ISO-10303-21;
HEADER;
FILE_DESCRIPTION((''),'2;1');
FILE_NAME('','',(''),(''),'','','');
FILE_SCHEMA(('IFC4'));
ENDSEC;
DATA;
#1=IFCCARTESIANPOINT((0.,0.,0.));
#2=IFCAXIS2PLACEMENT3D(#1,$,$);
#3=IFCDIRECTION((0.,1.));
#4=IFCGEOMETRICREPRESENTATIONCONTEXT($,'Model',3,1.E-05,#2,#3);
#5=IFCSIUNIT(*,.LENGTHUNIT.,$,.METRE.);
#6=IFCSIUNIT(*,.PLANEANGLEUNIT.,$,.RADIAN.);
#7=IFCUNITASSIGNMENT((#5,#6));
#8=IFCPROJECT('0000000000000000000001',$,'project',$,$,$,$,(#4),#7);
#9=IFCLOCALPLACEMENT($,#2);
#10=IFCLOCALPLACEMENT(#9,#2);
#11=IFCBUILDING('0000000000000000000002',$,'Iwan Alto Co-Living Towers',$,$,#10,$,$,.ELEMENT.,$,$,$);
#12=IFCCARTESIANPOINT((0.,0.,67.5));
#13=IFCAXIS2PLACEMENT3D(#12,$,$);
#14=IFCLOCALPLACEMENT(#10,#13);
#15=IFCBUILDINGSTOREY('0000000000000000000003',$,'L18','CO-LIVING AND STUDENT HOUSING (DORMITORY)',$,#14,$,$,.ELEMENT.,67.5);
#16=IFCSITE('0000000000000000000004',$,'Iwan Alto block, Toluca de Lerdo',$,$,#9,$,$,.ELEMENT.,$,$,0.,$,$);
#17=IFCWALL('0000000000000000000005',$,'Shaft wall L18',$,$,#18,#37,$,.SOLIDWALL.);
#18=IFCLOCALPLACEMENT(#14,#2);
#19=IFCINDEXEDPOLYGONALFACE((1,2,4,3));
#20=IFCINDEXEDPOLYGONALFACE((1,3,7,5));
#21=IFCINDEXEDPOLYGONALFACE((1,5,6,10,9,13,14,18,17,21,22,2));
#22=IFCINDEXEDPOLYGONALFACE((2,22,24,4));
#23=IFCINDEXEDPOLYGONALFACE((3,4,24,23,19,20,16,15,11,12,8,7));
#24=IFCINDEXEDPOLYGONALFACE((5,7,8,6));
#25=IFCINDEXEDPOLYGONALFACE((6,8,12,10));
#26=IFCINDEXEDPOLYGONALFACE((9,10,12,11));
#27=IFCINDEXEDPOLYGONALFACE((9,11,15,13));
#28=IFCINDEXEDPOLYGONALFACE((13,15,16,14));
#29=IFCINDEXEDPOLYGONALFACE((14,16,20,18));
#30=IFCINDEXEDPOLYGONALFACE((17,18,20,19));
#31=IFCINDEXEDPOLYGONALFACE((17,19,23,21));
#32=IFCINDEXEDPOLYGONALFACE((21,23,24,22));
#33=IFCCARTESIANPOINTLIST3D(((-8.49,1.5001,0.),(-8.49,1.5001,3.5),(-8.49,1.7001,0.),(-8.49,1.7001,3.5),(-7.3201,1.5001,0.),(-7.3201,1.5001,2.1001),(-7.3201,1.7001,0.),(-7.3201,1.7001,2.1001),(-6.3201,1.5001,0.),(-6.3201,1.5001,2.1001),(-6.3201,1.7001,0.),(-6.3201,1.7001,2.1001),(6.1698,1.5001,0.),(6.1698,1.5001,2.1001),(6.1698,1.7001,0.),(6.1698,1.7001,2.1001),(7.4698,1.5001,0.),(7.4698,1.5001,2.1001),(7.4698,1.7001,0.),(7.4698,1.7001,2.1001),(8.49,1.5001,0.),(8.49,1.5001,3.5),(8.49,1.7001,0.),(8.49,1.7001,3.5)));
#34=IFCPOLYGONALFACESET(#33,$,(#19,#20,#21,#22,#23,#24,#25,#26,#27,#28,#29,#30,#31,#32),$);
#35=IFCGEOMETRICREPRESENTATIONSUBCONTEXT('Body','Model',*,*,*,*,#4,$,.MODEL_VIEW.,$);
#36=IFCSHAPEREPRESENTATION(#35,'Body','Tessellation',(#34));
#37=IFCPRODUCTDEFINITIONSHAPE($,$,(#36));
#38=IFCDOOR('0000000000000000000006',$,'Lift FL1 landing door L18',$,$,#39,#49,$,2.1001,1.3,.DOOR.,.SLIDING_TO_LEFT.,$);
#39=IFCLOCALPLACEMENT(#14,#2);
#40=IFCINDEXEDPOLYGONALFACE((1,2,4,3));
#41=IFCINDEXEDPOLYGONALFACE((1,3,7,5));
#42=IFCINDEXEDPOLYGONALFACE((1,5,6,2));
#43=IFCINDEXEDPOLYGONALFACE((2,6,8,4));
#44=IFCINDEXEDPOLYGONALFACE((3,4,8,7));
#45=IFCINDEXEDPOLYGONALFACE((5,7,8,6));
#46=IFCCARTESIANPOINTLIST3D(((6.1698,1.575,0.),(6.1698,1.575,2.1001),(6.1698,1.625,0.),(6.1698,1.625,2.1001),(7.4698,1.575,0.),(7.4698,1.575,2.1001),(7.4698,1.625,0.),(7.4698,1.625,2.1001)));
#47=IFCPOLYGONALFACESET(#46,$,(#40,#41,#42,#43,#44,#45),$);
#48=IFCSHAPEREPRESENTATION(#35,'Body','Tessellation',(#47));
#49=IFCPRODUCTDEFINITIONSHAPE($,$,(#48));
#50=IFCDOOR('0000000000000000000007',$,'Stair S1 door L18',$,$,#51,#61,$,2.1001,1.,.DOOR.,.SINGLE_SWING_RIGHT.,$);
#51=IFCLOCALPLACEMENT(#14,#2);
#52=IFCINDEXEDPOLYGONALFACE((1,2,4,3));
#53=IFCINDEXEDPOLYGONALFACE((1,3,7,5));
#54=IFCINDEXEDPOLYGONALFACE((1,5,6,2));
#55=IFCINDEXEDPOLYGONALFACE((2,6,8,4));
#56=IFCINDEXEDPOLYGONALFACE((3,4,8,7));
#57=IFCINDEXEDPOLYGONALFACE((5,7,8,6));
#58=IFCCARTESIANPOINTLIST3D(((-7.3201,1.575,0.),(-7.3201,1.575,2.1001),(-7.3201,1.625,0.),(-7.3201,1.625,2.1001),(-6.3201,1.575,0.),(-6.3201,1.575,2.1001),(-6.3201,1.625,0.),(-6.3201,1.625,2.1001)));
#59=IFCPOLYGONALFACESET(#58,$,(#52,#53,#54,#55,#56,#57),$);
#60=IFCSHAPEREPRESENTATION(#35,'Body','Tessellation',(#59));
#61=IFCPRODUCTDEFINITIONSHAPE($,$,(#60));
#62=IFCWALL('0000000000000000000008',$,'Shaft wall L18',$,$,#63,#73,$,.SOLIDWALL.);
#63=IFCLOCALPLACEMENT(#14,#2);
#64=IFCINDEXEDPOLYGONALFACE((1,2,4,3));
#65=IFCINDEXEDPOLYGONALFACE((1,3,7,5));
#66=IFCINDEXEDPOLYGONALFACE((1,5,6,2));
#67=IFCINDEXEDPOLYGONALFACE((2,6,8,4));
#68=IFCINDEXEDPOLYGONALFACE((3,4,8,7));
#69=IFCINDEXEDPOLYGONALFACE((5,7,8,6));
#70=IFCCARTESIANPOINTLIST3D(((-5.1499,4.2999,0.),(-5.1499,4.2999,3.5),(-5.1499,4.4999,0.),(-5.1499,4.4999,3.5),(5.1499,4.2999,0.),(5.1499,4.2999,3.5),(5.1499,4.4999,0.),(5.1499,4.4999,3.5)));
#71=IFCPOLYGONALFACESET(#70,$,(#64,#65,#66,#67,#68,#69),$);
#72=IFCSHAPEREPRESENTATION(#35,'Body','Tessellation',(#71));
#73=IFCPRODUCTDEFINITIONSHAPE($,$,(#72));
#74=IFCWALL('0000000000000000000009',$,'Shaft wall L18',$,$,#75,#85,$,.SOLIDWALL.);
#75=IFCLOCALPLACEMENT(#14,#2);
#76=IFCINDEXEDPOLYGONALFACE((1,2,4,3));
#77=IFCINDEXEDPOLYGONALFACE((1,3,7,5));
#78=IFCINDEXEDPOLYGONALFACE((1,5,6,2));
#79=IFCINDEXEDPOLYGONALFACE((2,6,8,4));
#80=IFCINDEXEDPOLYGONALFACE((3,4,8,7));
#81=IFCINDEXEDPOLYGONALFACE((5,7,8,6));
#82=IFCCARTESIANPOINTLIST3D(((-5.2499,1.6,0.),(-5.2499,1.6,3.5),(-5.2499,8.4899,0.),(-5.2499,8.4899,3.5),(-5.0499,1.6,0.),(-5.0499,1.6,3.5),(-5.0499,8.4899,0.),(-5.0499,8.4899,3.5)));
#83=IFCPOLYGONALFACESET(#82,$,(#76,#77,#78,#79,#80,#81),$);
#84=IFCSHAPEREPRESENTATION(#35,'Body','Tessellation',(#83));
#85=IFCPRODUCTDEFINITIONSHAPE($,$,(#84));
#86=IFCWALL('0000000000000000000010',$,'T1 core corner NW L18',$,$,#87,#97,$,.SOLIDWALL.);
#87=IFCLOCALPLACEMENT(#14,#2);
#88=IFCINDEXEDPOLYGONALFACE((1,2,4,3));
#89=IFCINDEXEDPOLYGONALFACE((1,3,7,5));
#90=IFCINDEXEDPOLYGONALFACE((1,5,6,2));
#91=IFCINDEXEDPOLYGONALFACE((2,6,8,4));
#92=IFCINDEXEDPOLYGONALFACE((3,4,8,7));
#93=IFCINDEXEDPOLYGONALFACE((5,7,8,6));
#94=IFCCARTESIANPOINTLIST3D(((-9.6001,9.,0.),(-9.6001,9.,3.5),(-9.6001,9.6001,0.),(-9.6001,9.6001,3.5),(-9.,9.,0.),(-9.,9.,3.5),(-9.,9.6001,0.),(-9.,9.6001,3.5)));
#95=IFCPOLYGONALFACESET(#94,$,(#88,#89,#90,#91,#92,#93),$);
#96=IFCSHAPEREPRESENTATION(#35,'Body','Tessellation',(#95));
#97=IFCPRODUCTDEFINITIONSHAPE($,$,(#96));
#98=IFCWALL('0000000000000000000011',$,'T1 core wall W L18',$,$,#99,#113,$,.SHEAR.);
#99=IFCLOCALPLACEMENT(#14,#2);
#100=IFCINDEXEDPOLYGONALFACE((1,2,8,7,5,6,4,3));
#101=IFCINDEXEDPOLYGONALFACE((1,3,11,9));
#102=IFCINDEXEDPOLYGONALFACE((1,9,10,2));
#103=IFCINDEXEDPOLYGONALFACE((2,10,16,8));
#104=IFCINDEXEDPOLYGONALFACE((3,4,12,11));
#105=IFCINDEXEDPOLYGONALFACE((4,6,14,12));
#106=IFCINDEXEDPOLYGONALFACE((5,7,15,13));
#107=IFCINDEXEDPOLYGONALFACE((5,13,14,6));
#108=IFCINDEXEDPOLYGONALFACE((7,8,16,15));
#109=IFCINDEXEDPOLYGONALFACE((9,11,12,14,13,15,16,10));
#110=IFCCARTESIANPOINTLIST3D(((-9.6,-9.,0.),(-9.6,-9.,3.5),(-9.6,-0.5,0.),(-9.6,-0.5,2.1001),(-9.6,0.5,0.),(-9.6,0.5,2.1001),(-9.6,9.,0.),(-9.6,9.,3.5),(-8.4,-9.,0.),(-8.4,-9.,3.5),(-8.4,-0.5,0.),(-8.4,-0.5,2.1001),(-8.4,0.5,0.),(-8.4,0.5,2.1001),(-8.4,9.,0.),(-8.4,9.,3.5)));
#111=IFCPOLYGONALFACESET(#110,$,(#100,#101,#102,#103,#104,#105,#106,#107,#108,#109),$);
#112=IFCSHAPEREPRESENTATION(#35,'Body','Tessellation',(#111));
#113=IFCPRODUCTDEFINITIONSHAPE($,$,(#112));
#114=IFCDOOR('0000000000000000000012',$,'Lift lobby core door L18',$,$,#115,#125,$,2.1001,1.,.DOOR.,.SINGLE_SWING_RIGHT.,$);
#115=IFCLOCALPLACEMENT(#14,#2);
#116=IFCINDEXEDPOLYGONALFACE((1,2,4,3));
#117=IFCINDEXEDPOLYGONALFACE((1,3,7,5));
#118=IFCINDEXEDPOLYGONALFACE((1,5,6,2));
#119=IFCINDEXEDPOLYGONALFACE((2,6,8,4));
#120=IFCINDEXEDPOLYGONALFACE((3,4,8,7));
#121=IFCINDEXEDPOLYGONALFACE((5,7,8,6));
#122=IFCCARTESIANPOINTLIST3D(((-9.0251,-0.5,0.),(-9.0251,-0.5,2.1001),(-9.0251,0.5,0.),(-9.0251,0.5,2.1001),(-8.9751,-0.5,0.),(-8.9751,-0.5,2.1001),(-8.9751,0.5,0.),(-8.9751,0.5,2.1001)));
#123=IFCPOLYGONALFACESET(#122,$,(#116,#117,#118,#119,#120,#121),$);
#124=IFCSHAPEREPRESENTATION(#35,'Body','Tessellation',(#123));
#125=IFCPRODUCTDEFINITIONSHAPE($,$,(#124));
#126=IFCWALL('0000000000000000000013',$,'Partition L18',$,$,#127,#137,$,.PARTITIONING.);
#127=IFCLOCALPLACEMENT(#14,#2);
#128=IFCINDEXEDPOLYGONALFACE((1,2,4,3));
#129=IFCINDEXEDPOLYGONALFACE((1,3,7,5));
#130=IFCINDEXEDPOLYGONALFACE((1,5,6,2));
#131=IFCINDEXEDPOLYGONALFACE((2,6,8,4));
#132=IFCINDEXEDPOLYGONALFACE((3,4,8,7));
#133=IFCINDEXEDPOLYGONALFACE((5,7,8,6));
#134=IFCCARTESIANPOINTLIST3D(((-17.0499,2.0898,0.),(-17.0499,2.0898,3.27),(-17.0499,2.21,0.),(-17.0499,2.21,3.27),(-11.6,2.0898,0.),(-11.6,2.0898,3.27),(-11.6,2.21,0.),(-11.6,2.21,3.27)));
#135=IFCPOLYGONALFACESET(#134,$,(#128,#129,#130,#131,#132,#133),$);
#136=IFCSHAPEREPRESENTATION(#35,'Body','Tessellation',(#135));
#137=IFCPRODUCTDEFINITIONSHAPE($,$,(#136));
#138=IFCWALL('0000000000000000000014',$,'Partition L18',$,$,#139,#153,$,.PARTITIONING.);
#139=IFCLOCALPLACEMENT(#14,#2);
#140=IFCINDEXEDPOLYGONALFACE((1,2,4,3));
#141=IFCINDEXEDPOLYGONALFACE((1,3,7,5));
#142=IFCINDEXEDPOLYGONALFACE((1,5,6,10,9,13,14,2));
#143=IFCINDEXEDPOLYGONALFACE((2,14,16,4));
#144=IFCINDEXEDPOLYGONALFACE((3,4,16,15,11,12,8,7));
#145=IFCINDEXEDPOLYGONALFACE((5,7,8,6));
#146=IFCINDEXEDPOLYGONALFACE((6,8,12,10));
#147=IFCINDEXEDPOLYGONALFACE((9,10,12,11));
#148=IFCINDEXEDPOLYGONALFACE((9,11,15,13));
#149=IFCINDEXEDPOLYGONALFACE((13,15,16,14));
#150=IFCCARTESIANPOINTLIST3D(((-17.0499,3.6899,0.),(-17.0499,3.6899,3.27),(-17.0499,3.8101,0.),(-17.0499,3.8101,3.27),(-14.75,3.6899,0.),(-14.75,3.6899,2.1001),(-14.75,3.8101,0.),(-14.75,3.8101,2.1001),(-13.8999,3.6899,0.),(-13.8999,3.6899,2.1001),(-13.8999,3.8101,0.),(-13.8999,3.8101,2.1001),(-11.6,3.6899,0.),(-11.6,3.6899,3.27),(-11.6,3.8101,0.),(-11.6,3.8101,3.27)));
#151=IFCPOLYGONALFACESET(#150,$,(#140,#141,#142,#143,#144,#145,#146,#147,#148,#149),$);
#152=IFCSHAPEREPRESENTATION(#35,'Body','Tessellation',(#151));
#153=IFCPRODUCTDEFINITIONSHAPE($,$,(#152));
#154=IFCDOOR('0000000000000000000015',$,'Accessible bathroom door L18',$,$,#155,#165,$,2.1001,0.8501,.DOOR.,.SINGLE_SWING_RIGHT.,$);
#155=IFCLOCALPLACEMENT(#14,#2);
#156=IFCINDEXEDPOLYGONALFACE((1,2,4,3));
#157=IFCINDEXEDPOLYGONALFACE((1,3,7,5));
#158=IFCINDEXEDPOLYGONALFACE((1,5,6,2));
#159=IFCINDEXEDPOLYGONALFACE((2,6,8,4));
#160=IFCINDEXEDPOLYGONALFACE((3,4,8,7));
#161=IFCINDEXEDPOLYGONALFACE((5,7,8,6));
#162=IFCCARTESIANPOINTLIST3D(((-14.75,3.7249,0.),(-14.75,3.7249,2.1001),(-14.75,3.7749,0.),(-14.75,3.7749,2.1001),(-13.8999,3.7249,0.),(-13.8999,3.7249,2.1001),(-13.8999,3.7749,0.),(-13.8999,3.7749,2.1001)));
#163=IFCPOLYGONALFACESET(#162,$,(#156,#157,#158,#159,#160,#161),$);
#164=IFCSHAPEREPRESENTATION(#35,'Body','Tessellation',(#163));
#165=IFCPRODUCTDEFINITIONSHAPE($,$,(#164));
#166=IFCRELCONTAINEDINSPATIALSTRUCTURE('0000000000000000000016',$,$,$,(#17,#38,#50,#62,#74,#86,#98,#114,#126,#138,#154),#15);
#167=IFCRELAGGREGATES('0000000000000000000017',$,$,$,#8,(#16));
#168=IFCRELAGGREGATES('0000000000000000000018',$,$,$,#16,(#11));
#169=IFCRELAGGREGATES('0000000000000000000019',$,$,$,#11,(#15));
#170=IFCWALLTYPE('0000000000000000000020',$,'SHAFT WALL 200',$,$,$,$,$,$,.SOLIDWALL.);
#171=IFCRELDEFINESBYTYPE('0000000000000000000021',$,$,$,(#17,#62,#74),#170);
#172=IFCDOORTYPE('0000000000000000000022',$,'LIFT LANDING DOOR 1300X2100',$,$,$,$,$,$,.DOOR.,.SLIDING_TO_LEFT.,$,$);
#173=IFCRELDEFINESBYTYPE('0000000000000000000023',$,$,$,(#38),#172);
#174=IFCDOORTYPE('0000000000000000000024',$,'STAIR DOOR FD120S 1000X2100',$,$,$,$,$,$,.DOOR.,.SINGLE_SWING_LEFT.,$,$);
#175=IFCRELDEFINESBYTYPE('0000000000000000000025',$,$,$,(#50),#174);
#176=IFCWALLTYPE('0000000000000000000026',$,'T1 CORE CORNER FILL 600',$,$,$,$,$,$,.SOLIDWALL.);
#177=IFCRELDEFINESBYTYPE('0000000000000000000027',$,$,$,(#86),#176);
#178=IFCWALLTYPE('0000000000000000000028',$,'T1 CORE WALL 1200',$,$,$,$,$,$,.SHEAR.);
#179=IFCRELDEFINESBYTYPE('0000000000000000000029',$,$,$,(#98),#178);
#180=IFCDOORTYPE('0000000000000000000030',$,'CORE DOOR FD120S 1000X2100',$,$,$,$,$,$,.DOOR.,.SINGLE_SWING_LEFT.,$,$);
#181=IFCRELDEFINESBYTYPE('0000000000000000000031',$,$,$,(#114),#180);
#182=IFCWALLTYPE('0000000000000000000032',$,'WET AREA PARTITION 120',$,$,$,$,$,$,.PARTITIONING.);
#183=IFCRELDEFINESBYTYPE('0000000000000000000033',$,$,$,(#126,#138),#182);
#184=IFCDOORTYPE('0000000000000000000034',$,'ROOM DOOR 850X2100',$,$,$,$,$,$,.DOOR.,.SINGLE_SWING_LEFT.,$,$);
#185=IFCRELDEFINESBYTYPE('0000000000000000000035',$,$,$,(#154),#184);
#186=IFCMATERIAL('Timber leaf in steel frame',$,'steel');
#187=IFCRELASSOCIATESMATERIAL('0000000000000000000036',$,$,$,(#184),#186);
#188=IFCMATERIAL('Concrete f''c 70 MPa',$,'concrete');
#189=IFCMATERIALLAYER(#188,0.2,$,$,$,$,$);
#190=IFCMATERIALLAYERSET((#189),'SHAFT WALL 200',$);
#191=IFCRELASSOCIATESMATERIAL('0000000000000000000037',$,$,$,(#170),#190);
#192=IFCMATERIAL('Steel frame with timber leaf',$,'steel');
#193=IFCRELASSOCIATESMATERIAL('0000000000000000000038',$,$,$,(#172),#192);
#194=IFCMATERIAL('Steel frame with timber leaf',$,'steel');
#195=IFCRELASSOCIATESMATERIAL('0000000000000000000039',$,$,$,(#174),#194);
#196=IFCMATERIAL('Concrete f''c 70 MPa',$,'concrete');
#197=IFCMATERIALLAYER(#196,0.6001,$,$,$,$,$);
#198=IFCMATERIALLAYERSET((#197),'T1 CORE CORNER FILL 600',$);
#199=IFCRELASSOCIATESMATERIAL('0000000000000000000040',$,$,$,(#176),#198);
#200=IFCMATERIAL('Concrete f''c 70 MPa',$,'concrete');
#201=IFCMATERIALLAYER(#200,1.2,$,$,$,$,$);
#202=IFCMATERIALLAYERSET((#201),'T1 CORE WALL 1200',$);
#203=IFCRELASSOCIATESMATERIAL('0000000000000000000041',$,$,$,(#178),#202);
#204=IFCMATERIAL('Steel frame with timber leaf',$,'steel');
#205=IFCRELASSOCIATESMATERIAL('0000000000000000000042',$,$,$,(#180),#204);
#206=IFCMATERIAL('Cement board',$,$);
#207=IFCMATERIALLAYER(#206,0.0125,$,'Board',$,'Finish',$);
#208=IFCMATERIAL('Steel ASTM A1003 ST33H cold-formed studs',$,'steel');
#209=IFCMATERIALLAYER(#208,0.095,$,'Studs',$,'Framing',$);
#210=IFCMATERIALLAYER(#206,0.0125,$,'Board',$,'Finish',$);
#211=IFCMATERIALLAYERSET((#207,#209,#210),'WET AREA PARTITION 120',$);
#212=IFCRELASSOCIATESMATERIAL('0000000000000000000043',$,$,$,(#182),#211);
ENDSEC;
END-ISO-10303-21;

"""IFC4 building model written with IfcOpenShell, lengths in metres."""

from ifc_helpers import new_model, si_unit, direction, frame, frame_2d, origin, place, context, subcontext, project, spatial, rectangle, extrude, material, layer, layer_set, type_object, element, fill, save


model = new_model("IFC4")

# Units and contexts
model_context = context("Model", 3, precision=1e-05, world=origin(), true_north=direction((0.0, 1.0)))
body_context = subcontext(model_context, "Body", "Model", "MODEL_VIEW")
ifc_project = project(units=[si_unit("LENGTHUNIT", "METRE"), si_unit("PLANEANGLEUNIT", "RADIAN")], contexts=[model_context])

# Site, building, storey
site_placement = place(None, origin())
site = spatial("IfcSite", under=ifc_project, at=site_placement, Name="Iwan Alto block, Toluca de Lerdo", CompositionType="ELEMENT", RefElevation=0.0)
building_placement = place(site_placement, origin())
building = spatial("IfcBuilding", under=site, at=building_placement, Name="Iwan Alto Co-Living Towers", CompositionType="ELEMENT")
storey_placement = place(building_placement, frame((0.0, 0.0, 67.5)))
storey = spatial("IfcBuildingStorey", under=building, at=storey_placement, Name="L18", Description="CO-LIVING AND STUDENT HOUSING (DORMITORY)", CompositionType="ELEMENT", Elevation=67.5)

# Shared definitions
ifc_material_1 = material(Name="Steel ASTM A1003 ST33H cold-formed studs", Category="steel")

# Shared definitions
ifc_material_2 = material(Name="Timber leaf in steel frame", Category="steel")
door_type_1 = type_object("IfcDoorType", Name="ROOM DOOR 850X2100", OperationType="SINGLE_SWING_LEFT", PredefinedType="DOOR", material=ifc_material_2)

# Wall, openings, doors
ifc_material_3 = material(Name="Concrete f'c 70 MPa", Category="concrete")
ifc_layer_1 = layer(ifc_material_3, 0.2)
ifc_layer_set_1 = layer_set([ifc_layer_1], Name="SHAFT WALL 200")
wall_type_1 = type_object("IfcWallType", Name="SHAFT WALL 200", PredefinedType="SOLIDWALL", material=ifc_layer_set_1)
wall_1_placement = place(storey_placement, frame((-8.49, 1.6001, 0.0), z_axis=(0.0, 0.0, 1.0), x_axis=(1.0, 0.0, 0.0)))
wall_1 = element("IfcWall", 1, at=wall_1_placement, inside=storey, type_object=wall_type_1, Name="Shaft wall L18", PredefinedType="SOLIDWALL", context=body_context, shape_type="SweptSolid", body=[
    extrude(rectangle(XDim=16.98, YDim=0.2, at=frame_2d((8.49, 0.0))), origin(), (0.0, 0.0, 1.0), 3.5),
])
opening_1_placement = place(wall_1_placement, frame((1.1699, 0.0, 0.0)))
opening_1 = element("IfcOpeningElement", 2, at=opening_1_placement, cuts=wall_1, PredefinedType="OPENING", context=body_context, shape_type="SweptSolid", body=[
    extrude(rectangle(XDim=1.0, YDim=2.1001, at=frame_2d((0.5, 1.05))), frame((0.0, 0.1099, 0.0), z_axis=(0.0, -1.0, 0.0), x_axis=(1.0, 0.0, 0.0)), (0.0, 0.0, 1.0), 0.22),
])
opening_2_placement = place(wall_1_placement, frame((14.6599, 0.0, 0.0)))
opening_2 = element("IfcOpeningElement", 3, at=opening_2_placement, cuts=wall_1, PredefinedType="OPENING", context=body_context, shape_type="SweptSolid", body=[
    extrude(rectangle(XDim=1.3, YDim=2.1001, at=frame_2d((0.6499, 1.05))), frame((0.0, 0.1099, 0.0), z_axis=(0.0, -1.0, 0.0), x_axis=(1.0, 0.0, 0.0)), (0.0, 0.0, 1.0), 0.22),
])
ifc_material_4 = material(Name="Steel frame with timber leaf", Category="steel")
door_type_2 = type_object("IfcDoorType", Name="LIFT LANDING DOOR 1300X2100", OperationType="SLIDING_TO_LEFT", PredefinedType="DOOR", material=ifc_material_4)
door_1_placement = place(opening_2_placement, origin())
door_1 = element("IfcDoor", 4, at=door_1_placement, inside=storey, type_object=door_type_2, Name="Lift FL1 landing door L18", OperationType="SLIDING_TO_LEFT", OverallHeight=2.1001, OverallWidth=1.3, PredefinedType="DOOR", context=body_context, shape_type="SweptSolid", body=[
    extrude(rectangle(XDim=1.3, YDim=2.1001, at=frame_2d((0.6499, 1.05))), frame((0.0, 0.0249, 0.0), z_axis=(0.0, -1.0, 0.0), x_axis=(1.0, 0.0, 0.0)), (0.0, 0.0, 1.0), 0.05),
])
fill(opening_2, door_1)
ifc_material_5 = material(Name="Steel frame with timber leaf", Category="steel")
door_type_3 = type_object("IfcDoorType", Name="STAIR DOOR FD120S 1000X2100", OperationType="SINGLE_SWING_LEFT", PredefinedType="DOOR", material=ifc_material_5)
door_2_placement = place(opening_1_placement, origin())
door_2 = element("IfcDoor", 5, at=door_2_placement, inside=storey, type_object=door_type_3, Name="Stair S1 door L18", OperationType="SINGLE_SWING_RIGHT", OverallHeight=2.1001, OverallWidth=1.0, PredefinedType="DOOR", context=body_context, shape_type="SweptSolid", body=[
    extrude(rectangle(XDim=1.0, YDim=2.1001, at=frame_2d((0.5, 1.05))), frame((0.0, 0.0249, 0.0), z_axis=(0.0, -1.0, 0.0), x_axis=(1.0, 0.0, 0.0)), (0.0, 0.0, 1.0), 0.05),
])
fill(opening_1, door_2)

# Walls
wall_2_placement = place(storey_placement, frame((-5.1499, 4.3999, 0.0), z_axis=(0.0, 0.0, 1.0), x_axis=(1.0, 0.0, 0.0)))
element("IfcWall", 6, at=wall_2_placement, inside=storey, type_object=wall_type_1, Name="Shaft wall L18", PredefinedType="SOLIDWALL", context=body_context, shape_type="SweptSolid", body=[
    extrude(rectangle(XDim=10.2998, YDim=0.2, at=frame_2d((5.1499, 0.0))), origin(), (0.0, 0.0, 1.0), 3.5),
])
wall_3_placement = place(storey_placement, frame((-5.1499, 1.6001, 0.0), z_axis=(0.0, 0.0, 1.0), x_axis=(0.0, 1.0, 0.0)))
element("IfcWall", 7, at=wall_3_placement, inside=storey, type_object=wall_type_1, Name="Shaft wall L18", PredefinedType="SOLIDWALL", context=body_context, shape_type="SweptSolid", body=[
    extrude(rectangle(XDim=6.8899, YDim=0.2, at=frame_2d((3.4448, 0.0))), origin(), (0.0, 0.0, 1.0), 3.5),
])
ifc_material_6 = material(Name="Concrete f'c 70 MPa", Category="concrete")
ifc_layer_2 = layer(ifc_material_6, 0.6001)
ifc_layer_set_2 = layer_set([ifc_layer_2], Name="T1 CORE CORNER FILL 600")
wall_type_2 = type_object("IfcWallType", Name="T1 CORE CORNER FILL 600", PredefinedType="SOLIDWALL", material=ifc_layer_set_2)
wall_4_placement = place(storey_placement, frame((-9.6001, 9.3, 0.0), z_axis=(0.0, 0.0, 1.0), x_axis=(1.0, 0.0, 0.0)))
element("IfcWall", 8, at=wall_4_placement, inside=storey, type_object=wall_type_2, Name="T1 core corner NW L18", PredefinedType="SOLIDWALL", context=body_context, shape_type="SweptSolid", body=[
    extrude(rectangle(XDim=0.6001, YDim=0.6001, at=frame_2d((0.3, 0.0))), origin(), (0.0, 0.0, 1.0), 3.5),
])

# Wall, opening, door
ifc_material_7 = material(Name="Concrete f'c 70 MPa", Category="concrete")
ifc_layer_3 = layer(ifc_material_7, 1.2)
ifc_layer_set_3 = layer_set([ifc_layer_3], Name="T1 CORE WALL 1200")
wall_type_3 = type_object("IfcWallType", Name="T1 CORE WALL 1200", PredefinedType="SHEAR", material=ifc_layer_set_3)
wall_5_placement = place(storey_placement, frame((-9.0, 9.0, 0.0), z_axis=(0.0, 0.0, 1.0), x_axis=(0.0, -1.0, 0.0)))
wall_5 = element("IfcWall", 9, at=wall_5_placement, inside=storey, type_object=wall_type_3, Name="T1 core wall W L18", PredefinedType="SHEAR", context=body_context, shape_type="SweptSolid", body=[
    extrude(rectangle(XDim=18.0, YDim=1.2, at=frame_2d((9.0, 0.0))), origin(), (0.0, 0.0, 1.0), 3.5),
])
opening_3_placement = place(wall_5_placement, frame((8.5, 0.0, 0.0)))
opening_3 = element("IfcOpeningElement", 10, at=opening_3_placement, cuts=wall_5, PredefinedType="OPENING", context=body_context, shape_type="SweptSolid", body=[
    extrude(rectangle(XDim=1.0, YDim=2.1001, at=frame_2d((0.5, 1.05))), frame((0.0, 0.6099, 0.0), z_axis=(0.0, -1.0, 0.0), x_axis=(1.0, 0.0, 0.0)), (0.0, 0.0, 1.0), 1.22),
])
ifc_material_8 = material(Name="Steel frame with timber leaf", Category="steel")
door_type_4 = type_object("IfcDoorType", Name="CORE DOOR FD120S 1000X2100", OperationType="SINGLE_SWING_LEFT", PredefinedType="DOOR", material=ifc_material_8)
door_3_placement = place(opening_3_placement, origin())
door_3 = element("IfcDoor", 11, at=door_3_placement, inside=storey, type_object=door_type_4, Name="Lift lobby core door L18", OperationType="SINGLE_SWING_RIGHT", OverallHeight=2.1001, OverallWidth=1.0, PredefinedType="DOOR", context=body_context, shape_type="SweptSolid", body=[
    extrude(rectangle(XDim=1.0, YDim=2.1001, at=frame_2d((0.5, 1.05))), frame((0.0, 0.0249, 0.0), z_axis=(0.0, -1.0, 0.0), x_axis=(1.0, 0.0, 0.0)), (0.0, 0.0, 1.0), 0.05),
])
fill(opening_3, door_3)

# Wall
ifc_material_9 = material(Name="Cement board")
ifc_layer_4 = layer(ifc_material_9, 0.0125, Name="Board", Category="Finish")
ifc_layer_5 = layer(ifc_material_1, 0.095, Name="Studs", Category="Framing")
ifc_layer_6 = layer(ifc_material_9, 0.0125, Name="Board", Category="Finish")
ifc_layer_set_4 = layer_set([ifc_layer_4, ifc_layer_5, ifc_layer_6], Name="WET AREA PARTITION 120")
wall_type_4 = type_object("IfcWallType", Name="WET AREA PARTITION 120", PredefinedType="PARTITIONING", material=ifc_layer_set_4)
wall_6_placement = place(storey_placement, frame((-17.05, 2.1499, 0.0), z_axis=(0.0, 0.0, 1.0), x_axis=(1.0, 0.0, 0.0)))
element("IfcWall", 12, at=wall_6_placement, inside=storey, type_object=wall_type_4, Name="Partition L18", PredefinedType="PARTITIONING", context=body_context, shape_type="SweptSolid", body=[
    extrude(rectangle(XDim=5.45, YDim=0.1201, at=frame_2d((2.7251, 0.0))), origin(), (0.0, 0.0, 1.0), 3.27),
])

# Wall, opening, door
wall_7_placement = place(storey_placement, frame((-17.05, 3.75, 0.0), z_axis=(0.0, 0.0, 1.0), x_axis=(1.0, 0.0, 0.0)))
wall_7 = element("IfcWall", 13, at=wall_7_placement, inside=storey, type_object=wall_type_4, Name="Partition L18", PredefinedType="PARTITIONING", context=body_context, shape_type="SweptSolid", body=[
    extrude(rectangle(XDim=5.45, YDim=0.1201, at=frame_2d((2.7251, 0.0))), origin(), (0.0, 0.0, 1.0), 3.27),
])
opening_4_placement = place(wall_7_placement, frame((2.3, 0.0, 0.0)))
opening_4 = element("IfcOpeningElement", 14, at=opening_4_placement, cuts=wall_7, PredefinedType="OPENING", context=body_context, shape_type="SweptSolid", body=[
    extrude(rectangle(XDim=0.8501, YDim=2.1001, at=frame_2d((0.425, 1.05))), frame((0.0, 0.0701, 0.0), z_axis=(0.0, -1.0, 0.0), x_axis=(1.0, 0.0, 0.0)), (0.0, 0.0, 1.0), 0.1401),
])
door_4_placement = place(opening_4_placement, origin())
door_4 = element("IfcDoor", 15, at=door_4_placement, inside=storey, type_object=door_type_1, Name="Accessible bathroom door L18", OperationType="SINGLE_SWING_RIGHT", OverallHeight=2.1001, OverallWidth=0.8501, PredefinedType="DOOR", context=body_context, shape_type="SweptSolid", body=[
    extrude(rectangle(XDim=0.8501, YDim=2.1001, at=frame_2d((0.425, 1.05))), frame((0.0, 0.0249, 0.0), z_axis=(0.0, -1.0, 0.0), x_axis=(1.0, 0.0, 0.0)), (0.0, 0.0, 1.0), 0.05),
])
fill(opening_4, door_4)

save(model, "model.ifc")
